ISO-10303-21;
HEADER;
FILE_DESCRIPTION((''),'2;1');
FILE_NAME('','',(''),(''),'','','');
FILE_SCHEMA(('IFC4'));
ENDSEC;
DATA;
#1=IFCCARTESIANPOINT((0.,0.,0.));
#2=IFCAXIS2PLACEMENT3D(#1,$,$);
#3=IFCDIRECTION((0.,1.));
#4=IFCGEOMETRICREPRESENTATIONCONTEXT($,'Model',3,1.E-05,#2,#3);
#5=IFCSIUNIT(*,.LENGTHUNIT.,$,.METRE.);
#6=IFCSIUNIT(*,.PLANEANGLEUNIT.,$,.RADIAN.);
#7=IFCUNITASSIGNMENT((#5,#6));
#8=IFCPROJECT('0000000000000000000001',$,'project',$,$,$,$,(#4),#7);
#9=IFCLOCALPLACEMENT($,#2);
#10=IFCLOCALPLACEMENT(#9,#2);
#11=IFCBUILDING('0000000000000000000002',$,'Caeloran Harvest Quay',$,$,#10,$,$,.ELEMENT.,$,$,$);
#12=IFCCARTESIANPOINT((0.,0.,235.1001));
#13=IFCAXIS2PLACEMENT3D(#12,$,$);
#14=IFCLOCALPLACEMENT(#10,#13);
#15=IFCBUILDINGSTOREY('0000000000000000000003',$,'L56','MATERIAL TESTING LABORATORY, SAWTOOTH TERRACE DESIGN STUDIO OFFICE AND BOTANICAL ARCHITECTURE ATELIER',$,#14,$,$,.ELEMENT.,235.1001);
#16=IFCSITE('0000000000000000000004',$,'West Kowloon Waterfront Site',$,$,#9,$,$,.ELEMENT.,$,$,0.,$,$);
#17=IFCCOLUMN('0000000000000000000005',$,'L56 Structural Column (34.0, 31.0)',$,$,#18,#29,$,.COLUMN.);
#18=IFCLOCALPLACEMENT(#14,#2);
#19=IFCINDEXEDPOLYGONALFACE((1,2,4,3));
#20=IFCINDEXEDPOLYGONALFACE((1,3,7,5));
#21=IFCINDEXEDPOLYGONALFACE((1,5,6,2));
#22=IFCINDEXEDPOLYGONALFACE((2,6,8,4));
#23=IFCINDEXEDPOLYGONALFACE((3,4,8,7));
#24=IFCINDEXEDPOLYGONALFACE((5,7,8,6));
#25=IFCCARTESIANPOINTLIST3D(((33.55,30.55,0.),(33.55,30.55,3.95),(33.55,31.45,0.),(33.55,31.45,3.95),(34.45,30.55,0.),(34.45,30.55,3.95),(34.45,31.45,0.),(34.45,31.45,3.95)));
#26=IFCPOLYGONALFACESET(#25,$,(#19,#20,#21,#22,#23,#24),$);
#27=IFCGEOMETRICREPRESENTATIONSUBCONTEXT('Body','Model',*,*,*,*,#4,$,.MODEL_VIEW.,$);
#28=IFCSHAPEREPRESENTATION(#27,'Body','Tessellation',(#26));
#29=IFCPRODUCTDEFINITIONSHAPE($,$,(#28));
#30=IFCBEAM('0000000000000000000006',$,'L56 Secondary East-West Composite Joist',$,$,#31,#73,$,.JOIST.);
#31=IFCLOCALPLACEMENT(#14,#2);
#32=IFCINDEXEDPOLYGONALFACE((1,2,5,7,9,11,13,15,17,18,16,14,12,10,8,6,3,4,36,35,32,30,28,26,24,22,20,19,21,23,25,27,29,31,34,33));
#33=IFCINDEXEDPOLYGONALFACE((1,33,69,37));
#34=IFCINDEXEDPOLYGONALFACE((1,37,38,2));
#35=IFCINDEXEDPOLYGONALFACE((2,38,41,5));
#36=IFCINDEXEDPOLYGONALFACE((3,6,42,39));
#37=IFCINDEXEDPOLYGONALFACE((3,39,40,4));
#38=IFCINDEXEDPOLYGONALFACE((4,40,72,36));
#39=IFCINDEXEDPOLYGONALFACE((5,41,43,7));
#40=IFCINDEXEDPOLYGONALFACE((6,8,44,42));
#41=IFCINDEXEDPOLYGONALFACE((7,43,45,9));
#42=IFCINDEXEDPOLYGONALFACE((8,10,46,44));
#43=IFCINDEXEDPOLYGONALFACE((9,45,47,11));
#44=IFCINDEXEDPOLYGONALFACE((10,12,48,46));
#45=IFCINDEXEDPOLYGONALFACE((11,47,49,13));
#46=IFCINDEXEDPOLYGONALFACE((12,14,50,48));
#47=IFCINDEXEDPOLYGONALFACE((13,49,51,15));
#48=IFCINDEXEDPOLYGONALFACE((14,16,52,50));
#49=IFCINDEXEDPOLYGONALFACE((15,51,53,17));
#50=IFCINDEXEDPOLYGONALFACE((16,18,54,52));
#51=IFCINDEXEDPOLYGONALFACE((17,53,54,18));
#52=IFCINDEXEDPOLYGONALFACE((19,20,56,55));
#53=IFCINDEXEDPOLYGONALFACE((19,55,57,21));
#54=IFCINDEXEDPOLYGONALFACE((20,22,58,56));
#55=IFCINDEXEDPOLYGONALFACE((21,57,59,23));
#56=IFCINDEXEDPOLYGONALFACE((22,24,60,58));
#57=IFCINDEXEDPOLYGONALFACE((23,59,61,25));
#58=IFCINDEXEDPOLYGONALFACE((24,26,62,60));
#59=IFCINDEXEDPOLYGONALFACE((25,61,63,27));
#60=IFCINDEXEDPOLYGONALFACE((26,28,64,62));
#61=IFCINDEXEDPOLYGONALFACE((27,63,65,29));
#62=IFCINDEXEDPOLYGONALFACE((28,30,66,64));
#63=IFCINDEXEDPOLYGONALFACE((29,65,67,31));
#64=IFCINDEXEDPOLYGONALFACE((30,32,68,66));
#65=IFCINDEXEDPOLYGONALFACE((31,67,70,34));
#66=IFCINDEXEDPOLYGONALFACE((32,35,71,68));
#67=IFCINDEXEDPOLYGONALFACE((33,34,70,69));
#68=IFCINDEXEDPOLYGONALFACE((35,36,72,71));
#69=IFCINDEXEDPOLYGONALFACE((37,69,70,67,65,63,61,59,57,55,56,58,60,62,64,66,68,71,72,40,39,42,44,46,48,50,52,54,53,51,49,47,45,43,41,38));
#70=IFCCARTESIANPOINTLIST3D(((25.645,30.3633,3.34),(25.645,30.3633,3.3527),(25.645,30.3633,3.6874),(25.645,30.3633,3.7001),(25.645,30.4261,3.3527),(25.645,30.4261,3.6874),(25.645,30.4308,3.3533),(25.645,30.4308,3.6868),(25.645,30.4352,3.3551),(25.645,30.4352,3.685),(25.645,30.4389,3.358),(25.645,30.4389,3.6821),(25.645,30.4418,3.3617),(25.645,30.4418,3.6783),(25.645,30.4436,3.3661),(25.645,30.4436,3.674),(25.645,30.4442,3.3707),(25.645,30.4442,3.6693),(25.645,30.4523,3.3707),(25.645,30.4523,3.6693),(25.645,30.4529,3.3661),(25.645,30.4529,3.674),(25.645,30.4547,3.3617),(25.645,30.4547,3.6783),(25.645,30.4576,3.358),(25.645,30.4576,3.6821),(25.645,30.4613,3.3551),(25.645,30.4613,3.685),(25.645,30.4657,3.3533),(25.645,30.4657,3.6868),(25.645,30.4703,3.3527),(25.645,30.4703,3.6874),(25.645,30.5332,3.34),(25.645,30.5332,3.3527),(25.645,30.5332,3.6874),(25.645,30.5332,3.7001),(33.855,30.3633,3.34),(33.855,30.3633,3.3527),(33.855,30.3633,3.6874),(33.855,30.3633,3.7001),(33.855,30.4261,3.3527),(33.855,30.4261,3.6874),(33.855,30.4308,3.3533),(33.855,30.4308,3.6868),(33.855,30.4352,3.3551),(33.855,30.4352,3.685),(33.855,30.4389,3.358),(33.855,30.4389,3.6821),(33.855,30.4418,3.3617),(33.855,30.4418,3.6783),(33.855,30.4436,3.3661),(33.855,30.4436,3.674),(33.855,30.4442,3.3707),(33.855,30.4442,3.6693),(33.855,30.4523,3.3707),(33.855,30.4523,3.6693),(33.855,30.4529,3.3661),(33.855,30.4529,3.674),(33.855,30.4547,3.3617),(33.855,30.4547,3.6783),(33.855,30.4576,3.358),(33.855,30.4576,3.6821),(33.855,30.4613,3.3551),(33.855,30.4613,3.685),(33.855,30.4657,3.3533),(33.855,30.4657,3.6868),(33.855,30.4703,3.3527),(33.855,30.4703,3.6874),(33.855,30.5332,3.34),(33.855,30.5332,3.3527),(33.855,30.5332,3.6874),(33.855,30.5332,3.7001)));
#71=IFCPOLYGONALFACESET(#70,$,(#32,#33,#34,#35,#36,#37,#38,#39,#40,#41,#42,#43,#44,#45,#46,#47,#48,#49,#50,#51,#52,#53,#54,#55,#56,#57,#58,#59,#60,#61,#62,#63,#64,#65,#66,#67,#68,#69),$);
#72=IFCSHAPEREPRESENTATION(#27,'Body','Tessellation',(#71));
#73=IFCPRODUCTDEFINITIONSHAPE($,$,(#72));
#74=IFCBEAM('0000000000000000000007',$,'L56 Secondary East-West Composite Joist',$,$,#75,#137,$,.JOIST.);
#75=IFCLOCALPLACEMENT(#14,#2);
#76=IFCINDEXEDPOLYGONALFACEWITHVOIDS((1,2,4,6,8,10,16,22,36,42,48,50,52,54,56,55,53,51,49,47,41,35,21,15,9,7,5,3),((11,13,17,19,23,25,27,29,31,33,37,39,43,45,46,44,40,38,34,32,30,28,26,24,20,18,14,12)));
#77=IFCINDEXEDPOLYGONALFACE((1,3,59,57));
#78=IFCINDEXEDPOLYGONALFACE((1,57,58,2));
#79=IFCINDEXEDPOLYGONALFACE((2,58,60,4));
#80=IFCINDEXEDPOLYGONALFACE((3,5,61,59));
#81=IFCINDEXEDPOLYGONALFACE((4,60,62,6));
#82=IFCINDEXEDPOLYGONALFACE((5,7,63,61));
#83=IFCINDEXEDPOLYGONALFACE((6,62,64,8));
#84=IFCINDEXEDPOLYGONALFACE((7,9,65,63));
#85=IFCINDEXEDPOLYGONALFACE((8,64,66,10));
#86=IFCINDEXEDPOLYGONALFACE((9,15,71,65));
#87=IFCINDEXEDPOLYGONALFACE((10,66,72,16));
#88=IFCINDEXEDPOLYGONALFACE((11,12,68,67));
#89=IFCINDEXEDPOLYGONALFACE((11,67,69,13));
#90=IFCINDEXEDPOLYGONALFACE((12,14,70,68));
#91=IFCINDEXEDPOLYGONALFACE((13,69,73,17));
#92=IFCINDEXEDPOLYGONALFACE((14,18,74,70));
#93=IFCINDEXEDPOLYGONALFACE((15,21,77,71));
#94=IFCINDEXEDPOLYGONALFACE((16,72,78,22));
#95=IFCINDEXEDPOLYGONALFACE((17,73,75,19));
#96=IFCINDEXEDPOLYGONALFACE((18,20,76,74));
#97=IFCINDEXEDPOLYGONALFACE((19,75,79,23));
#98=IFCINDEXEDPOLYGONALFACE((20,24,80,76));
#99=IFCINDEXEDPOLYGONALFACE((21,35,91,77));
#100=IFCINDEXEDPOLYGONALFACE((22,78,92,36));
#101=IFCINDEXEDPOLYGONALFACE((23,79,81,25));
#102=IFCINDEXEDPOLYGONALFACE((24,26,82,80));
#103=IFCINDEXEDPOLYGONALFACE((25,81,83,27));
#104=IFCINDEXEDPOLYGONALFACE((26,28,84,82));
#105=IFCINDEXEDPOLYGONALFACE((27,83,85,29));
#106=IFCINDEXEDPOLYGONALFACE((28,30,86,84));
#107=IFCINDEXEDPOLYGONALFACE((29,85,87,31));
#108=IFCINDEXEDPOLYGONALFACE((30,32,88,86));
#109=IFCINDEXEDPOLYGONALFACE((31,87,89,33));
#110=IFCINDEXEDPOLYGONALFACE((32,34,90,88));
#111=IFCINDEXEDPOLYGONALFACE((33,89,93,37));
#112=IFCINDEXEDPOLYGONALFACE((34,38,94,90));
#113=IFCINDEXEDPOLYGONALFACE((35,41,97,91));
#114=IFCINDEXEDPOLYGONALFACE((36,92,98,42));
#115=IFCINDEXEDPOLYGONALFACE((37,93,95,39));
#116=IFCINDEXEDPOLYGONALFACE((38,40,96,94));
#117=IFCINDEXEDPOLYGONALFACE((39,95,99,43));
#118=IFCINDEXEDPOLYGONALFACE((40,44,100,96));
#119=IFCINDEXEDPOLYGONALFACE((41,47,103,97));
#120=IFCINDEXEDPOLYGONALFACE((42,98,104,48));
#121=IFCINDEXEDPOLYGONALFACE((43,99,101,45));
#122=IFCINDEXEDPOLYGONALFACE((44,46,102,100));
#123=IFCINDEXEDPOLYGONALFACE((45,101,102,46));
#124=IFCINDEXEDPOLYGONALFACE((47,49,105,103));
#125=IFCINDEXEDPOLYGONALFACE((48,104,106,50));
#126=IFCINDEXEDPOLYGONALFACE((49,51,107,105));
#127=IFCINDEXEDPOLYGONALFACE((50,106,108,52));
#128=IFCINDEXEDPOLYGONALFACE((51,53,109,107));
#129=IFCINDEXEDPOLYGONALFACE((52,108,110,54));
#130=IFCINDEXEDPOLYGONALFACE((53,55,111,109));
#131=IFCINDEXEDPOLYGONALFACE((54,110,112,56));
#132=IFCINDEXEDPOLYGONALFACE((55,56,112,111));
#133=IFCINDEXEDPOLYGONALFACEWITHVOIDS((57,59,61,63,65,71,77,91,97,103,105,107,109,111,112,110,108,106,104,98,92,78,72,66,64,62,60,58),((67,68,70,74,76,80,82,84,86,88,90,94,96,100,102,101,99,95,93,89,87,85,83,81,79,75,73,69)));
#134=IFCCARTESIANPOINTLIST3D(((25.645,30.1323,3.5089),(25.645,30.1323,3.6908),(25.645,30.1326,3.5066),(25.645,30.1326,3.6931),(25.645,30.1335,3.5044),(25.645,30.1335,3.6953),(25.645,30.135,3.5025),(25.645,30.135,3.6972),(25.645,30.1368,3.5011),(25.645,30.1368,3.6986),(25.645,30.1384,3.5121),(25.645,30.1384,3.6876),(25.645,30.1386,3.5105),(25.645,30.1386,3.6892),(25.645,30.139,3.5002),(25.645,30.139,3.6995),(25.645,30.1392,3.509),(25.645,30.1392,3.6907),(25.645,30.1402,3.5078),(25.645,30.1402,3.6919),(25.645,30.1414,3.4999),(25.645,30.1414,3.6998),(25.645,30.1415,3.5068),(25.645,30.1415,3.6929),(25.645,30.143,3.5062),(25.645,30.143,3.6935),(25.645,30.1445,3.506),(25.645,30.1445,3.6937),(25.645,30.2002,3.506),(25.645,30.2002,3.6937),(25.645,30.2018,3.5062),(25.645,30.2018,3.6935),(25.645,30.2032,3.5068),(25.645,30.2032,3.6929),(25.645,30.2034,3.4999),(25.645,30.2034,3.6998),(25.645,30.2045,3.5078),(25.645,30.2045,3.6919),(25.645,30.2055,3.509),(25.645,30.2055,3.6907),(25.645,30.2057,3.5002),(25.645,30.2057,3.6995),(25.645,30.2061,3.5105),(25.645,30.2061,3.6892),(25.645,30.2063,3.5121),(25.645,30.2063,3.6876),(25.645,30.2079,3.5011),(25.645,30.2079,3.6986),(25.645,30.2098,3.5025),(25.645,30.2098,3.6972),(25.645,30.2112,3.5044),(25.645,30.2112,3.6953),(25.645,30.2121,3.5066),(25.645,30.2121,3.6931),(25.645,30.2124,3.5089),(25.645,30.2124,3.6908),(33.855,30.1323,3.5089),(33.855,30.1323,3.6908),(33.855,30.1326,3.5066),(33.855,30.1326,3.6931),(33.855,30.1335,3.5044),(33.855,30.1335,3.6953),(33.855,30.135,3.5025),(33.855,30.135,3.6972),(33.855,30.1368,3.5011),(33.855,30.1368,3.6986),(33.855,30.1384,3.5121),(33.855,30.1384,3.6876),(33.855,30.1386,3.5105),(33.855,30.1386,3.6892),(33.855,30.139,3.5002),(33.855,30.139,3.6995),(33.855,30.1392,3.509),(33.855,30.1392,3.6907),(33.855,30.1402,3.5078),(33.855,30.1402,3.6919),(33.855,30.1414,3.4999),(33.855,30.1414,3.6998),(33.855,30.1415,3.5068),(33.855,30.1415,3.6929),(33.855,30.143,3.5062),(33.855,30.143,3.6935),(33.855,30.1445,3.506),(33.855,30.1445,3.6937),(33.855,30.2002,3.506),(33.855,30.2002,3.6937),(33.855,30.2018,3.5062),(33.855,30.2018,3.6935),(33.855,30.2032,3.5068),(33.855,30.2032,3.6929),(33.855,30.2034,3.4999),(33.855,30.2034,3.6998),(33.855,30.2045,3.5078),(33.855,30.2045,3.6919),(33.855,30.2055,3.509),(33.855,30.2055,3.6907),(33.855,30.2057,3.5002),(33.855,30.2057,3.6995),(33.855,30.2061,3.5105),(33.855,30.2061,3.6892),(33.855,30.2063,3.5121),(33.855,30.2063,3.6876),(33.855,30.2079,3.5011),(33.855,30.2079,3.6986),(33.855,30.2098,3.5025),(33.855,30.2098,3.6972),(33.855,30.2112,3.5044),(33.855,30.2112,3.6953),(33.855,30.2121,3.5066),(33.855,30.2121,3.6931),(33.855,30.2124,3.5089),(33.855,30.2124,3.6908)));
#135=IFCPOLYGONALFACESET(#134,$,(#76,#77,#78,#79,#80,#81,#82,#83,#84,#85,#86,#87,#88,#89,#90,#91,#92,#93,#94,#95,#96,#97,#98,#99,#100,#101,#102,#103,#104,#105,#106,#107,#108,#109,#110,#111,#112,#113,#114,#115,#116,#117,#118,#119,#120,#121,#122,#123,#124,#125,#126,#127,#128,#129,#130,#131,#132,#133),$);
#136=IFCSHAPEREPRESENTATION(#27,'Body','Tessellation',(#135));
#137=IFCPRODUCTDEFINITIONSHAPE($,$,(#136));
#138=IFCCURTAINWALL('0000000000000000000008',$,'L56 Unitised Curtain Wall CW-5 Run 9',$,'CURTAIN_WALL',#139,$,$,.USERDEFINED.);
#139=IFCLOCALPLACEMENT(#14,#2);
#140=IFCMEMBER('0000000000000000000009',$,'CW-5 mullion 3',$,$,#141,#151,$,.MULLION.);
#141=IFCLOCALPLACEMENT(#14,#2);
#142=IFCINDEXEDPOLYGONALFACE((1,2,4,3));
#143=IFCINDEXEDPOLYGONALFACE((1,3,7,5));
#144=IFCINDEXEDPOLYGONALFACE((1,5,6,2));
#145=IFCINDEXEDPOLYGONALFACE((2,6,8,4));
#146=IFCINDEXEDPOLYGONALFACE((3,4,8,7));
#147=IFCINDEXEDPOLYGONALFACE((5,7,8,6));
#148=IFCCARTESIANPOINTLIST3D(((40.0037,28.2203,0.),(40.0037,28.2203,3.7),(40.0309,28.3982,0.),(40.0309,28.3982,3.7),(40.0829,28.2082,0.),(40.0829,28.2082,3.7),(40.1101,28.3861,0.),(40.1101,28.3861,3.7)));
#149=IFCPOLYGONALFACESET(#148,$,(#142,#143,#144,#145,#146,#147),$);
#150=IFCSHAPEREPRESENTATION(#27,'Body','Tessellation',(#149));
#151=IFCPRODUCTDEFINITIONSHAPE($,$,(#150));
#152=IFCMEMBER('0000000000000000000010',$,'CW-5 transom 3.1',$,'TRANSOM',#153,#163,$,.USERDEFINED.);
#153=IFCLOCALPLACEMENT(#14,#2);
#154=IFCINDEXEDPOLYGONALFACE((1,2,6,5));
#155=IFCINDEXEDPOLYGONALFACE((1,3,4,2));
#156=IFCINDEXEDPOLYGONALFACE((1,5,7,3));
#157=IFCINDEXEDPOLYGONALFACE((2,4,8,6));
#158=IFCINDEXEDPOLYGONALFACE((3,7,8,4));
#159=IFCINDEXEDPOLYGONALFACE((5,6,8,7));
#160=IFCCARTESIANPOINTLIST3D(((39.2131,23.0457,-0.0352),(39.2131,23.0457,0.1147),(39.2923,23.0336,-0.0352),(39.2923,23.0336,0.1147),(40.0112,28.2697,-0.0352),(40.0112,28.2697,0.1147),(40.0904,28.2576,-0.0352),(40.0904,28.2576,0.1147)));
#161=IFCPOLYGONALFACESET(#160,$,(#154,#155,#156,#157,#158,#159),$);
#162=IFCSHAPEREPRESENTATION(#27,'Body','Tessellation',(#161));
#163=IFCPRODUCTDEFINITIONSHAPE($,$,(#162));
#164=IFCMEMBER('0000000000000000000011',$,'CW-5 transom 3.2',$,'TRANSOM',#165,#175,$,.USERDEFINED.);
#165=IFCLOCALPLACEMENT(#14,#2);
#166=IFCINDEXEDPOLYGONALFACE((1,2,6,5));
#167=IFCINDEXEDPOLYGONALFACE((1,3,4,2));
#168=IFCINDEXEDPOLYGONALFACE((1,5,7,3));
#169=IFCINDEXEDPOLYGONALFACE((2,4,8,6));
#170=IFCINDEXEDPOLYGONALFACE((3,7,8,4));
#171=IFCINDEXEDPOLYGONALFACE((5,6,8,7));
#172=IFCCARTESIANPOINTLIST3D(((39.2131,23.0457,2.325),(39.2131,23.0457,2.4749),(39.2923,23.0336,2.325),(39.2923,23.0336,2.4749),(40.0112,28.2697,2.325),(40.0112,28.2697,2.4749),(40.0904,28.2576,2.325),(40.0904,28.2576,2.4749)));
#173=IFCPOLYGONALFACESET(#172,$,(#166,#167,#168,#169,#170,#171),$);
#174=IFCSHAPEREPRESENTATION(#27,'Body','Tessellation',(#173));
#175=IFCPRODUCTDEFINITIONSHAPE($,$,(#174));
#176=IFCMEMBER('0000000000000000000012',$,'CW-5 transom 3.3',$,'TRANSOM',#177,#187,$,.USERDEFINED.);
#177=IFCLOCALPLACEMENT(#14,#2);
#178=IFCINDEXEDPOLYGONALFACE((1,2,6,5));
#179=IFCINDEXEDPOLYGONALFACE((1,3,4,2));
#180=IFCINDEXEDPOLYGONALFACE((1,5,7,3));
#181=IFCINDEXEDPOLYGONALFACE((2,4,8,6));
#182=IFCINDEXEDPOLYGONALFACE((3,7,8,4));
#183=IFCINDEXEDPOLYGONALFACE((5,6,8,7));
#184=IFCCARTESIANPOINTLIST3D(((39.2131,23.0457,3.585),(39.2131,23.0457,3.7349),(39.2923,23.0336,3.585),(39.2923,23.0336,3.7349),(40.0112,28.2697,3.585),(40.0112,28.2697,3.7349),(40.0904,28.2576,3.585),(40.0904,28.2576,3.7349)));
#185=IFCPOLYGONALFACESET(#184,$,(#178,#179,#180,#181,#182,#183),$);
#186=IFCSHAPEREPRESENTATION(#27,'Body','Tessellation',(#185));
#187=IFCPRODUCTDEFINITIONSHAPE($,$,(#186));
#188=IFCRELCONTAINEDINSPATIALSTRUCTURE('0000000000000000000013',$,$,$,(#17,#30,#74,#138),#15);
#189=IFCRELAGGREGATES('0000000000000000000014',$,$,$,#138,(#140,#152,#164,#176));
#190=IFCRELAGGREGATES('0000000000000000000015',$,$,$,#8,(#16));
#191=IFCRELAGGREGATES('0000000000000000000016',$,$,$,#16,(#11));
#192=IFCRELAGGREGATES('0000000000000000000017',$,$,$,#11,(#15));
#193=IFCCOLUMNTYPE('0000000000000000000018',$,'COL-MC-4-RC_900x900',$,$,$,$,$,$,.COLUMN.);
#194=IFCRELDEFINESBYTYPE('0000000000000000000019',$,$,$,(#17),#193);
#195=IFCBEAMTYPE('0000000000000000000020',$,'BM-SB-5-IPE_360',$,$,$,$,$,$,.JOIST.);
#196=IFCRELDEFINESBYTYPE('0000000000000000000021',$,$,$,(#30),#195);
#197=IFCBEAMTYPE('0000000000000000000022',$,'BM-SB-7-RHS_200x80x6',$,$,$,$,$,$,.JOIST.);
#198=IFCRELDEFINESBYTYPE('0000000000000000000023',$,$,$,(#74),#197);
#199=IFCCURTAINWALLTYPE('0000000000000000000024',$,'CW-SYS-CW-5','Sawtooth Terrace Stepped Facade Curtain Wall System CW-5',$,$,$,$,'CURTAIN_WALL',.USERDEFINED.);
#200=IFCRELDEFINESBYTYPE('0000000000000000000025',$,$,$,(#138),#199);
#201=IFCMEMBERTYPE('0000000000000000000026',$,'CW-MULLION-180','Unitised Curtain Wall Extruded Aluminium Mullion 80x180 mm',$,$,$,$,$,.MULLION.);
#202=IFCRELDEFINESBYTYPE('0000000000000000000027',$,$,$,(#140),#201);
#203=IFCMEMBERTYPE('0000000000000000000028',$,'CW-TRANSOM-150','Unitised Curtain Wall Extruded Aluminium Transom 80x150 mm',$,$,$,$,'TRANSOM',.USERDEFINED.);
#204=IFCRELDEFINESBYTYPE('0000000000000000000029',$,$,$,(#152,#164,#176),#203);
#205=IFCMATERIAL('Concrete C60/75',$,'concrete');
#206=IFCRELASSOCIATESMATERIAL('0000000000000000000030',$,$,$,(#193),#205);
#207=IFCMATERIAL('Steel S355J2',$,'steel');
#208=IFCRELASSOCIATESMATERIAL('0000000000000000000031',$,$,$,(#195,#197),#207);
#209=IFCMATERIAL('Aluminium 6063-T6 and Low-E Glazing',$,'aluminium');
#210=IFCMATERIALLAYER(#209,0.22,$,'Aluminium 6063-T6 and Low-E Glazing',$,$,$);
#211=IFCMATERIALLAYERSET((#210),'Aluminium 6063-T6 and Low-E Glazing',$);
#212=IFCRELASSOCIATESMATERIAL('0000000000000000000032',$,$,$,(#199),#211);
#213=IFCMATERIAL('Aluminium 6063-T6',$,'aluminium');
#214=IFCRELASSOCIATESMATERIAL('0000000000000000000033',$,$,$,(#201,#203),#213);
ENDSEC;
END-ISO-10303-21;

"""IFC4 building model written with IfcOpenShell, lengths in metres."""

from ifc_helpers import new_model, si_unit, direction, frame, origin, origin_2d, place, context, subcontext, project, spatial, rectangle, hollow_rectangle, i_section, extrude, material, layer, layer_set, material_profile, profile_set, type_object, element, aggregate, save


model = new_model("IFC4")

# Units and contexts
model_context = context("Model", 3, precision=1e-05, world=origin(), true_north=direction((0.0, 1.0)))
body_context = subcontext(model_context, "Body", "Model", "MODEL_VIEW")
ifc_project = project(units=[si_unit("LENGTHUNIT", "METRE"), si_unit("PLANEANGLEUNIT", "RADIAN")], contexts=[model_context])

# Site, building, storey
site_placement = place(None, origin())
site = spatial("IfcSite", under=ifc_project, at=site_placement, Name="West Kowloon Waterfront Site", CompositionType="ELEMENT", RefElevation=0.0)
building_placement = place(site_placement, origin())
building = spatial("IfcBuilding", under=site, at=building_placement, Name="Caeloran Harvest Quay", CompositionType="ELEMENT")
storey_placement = place(building_placement, frame((0.0, 0.0, 235.1001)))
storey = spatial("IfcBuildingStorey", under=building, at=storey_placement, Name="L56", Description="MATERIAL TESTING LABORATORY, SAWTOOTH TERRACE DESIGN STUDIO OFFICE AND BOTANICAL ARCHITECTURE ATELIER", CompositionType="ELEMENT", Elevation=235.1001)

# Column
ifc_material_1 = material(Name="Concrete C60/75", Category="concrete")
ifc_material_profile_1 = material_profile(ifc_material_1, rectangle(XDim=0.8999, YDim=0.8999, at=origin_2d()), Name="RC 900x900")
ifc_profile_set_1 = profile_set([ifc_material_profile_1], Name="Concrete C60/75")
column_type = type_object("IfcColumnType", Name="COL-MC-4-RC_900x900", PredefinedType="COLUMN", material=ifc_profile_set_1)
column_placement = place(storey_placement, frame((34.0, 31.0, 0.0), z_axis=(0.0, 0.0, 1.0), x_axis=(1.0, 0.0, 0.0)))
element("IfcColumn", 1, at=column_placement, inside=storey, type_object=column_type, Name="L56 Structural Column (34.0, 31.0)", PredefinedType="COLUMN", context=body_context, shape_type="SweptSolid", body=[
    extrude(rectangle(XDim=0.8999, YDim=0.8999, at=origin_2d()), origin(), (0.0, 0.0, 1.0), 3.95),
])

# Beams
ifc_material_2 = material(Name="Steel S355J2", Category="steel")
ifc_material_profile_2 = material_profile(ifc_material_2, i_section(OverallWidth=0.1699, OverallDepth=0.3601, WebThickness=0.0081, FlangeThickness=0.0127, FilletRadius=0.0181, at=origin_2d()), Name="IPE 360")
ifc_profile_set_2 = profile_set([ifc_material_profile_2], Name="Steel S355J2")
beam_type_1 = type_object("IfcBeamType", Name="BM-SB-5-IPE_360", PredefinedType="JOIST", material=ifc_profile_set_2)
beam_1_placement = place(storey_placement, frame((25.645, 30.4482, 3.52), z_axis=(1.0, 0.0, 0.0), x_axis=(0.0, 1.0, 0.0)))
element("IfcBeam", 2, at=beam_1_placement, inside=storey, type_object=beam_type_1, Name="L56 Secondary East-West Composite Joist", PredefinedType="JOIST", context=body_context, shape_type="SweptSolid", body=[
    extrude(i_section(OverallWidth=0.1699, OverallDepth=0.3601, WebThickness=0.0081, FlangeThickness=0.0127, FilletRadius=0.0181, at=origin_2d()), origin(), (0.0, 0.0, 1.0), 8.21),
])
ifc_material_profile_3 = material_profile(ifc_material_2, hollow_rectangle(XDim=0.0801, YDim=0.2, WallThickness=0.0061, InnerFilletRadius=0.0061, OuterFilletRadius=0.009, at=origin_2d()), Name="RHS 200x80x6")
ifc_profile_set_3 = profile_set([ifc_material_profile_3], Name="Steel S355J2")
beam_type_2 = type_object("IfcBeamType", Name="BM-SB-7-RHS_200x80x6", PredefinedType="JOIST", material=ifc_profile_set_3)
beam_2_placement = place(storey_placement, frame((25.645, 30.1724, 3.5999), z_axis=(1.0, 0.0, 0.0), x_axis=(0.0, 1.0, 0.0)))
element("IfcBeam", 3, at=beam_2_placement, inside=storey, type_object=beam_type_2, Name="L56 Secondary East-West Composite Joist", PredefinedType="JOIST", context=body_context, shape_type="SweptSolid", body=[
    extrude(hollow_rectangle(XDim=0.0801, YDim=0.2, WallThickness=0.0061, InnerFilletRadius=0.0061, OuterFilletRadius=0.009, at=origin_2d()), origin(), (0.0, 0.0, 1.0), 8.21),
])

# Curtain wall, members
ifc_material_3 = material(Name="Aluminium 6063-T6 and Low-E Glazing", Category="aluminium")
ifc_layer_1 = layer(ifc_material_3, 0.22, Name="Aluminium 6063-T6 and Low-E Glazing")
ifc_layer_set_1 = layer_set([ifc_layer_1], Name="Aluminium 6063-T6 and Low-E Glazing")
curtain_wall_type = type_object("IfcCurtainWallType", Name="CW-SYS-CW-5", Description="Sawtooth Terrace Stepped Facade Curtain Wall System CW-5", ElementType="CURTAIN_WALL", PredefinedType="USERDEFINED", material=ifc_layer_set_1)
curtain_wall_placement = place(storey_placement, origin())
curtain_wall = element("IfcCurtainWall", 4, at=curtain_wall_placement, inside=storey, type_object=curtain_wall_type, Name="L56 Unitised Curtain Wall CW-5 Run 9", ObjectType="CURTAIN_WALL", PredefinedType="USERDEFINED")
ifc_material_4 = material(Name="Aluminium 6063-T6", Category="aluminium")
ifc_material_profile_4 = material_profile(ifc_material_4, rectangle(XDim=0.0801, YDim=0.1799, at=origin_2d()), Name="CW-MULLION-180")
ifc_profile_set_4 = profile_set([ifc_material_profile_4], Name="Aluminium 6063-T6")
member_type_1 = type_object("IfcMemberType", Name="CW-MULLION-180", Description="Unitised Curtain Wall Extruded Aluminium Mullion 80x180 mm", PredefinedType="MULLION", material=ifc_profile_set_4)
member_1_placement = place(storey_placement, frame((40.0569, 28.3032, 0.0), z_axis=(0.0, 0.0, 1.0), x_axis=(0.98853, -0.151028, 0.0)))
member_1 = element("IfcMember", 5, at=member_1_placement, type_object=member_type_1, Name="CW-5 mullion 3", PredefinedType="MULLION", context=body_context, shape_type="SweptSolid", body=[
    extrude(rectangle(XDim=0.0801, YDim=0.1799, at=origin_2d()), origin(), (0.0, 0.0, 1.0), 3.7),
])
ifc_material_profile_5 = material_profile(ifc_material_4, rectangle(XDim=0.0801, YDim=0.1499, at=origin_2d()), Name="CW-TRANSOM-150")
ifc_profile_set_5 = profile_set([ifc_material_profile_5], Name="Aluminium 6063-T6")
member_type_2 = type_object("IfcMemberType", Name="CW-TRANSOM-150", Description="Unitised Curtain Wall Extruded Aluminium Transom 80x150 mm", ElementType="TRANSOM", PredefinedType="USERDEFINED", material=ifc_profile_set_5)
member_2_placement = place(storey_placement, frame((40.0508, 28.2637, 0.0398), z_axis=(-0.151019, -0.988531, 0.0), x_axis=(0.988531, -0.151019, 0.0)))
member_2 = element("IfcMember", 6, at=member_2_placement, type_object=member_type_2, Name="CW-5 transom 3.1", ObjectType="TRANSOM", PredefinedType="USERDEFINED", context=body_context, shape_type="SweptSolid", body=[
    extrude(rectangle(XDim=0.0801, YDim=0.1499, at=origin_2d()), origin(), (0.0, 0.0, 1.0), 5.2847),
])
member_3_placement = place(storey_placement, frame((40.0508, 28.2637, 2.3999), z_axis=(-0.151019, -0.988531, 0.0), x_axis=(0.988531, -0.151019, 0.0)))
member_3 = element("IfcMember", 7, at=member_3_placement, type_object=member_type_2, Name="CW-5 transom 3.2", ObjectType="TRANSOM", PredefinedType="USERDEFINED", context=body_context, shape_type="SweptSolid", body=[
    extrude(rectangle(XDim=0.0801, YDim=0.1499, at=origin_2d()), origin(), (0.0, 0.0, 1.0), 5.2847),
])
member_4_placement = place(storey_placement, frame((40.0508, 28.2637, 3.6599), z_axis=(-0.151019, -0.988531, 0.0), x_axis=(0.988531, -0.151019, 0.0)))
member_4 = element("IfcMember", 8, at=member_4_placement, type_object=member_type_2, Name="CW-5 transom 3.3", ObjectType="TRANSOM", PredefinedType="USERDEFINED", context=body_context, shape_type="SweptSolid", body=[
    extrude(rectangle(XDim=0.0801, YDim=0.1499, at=origin_2d()), origin(), (0.0, 0.0, 1.0), 5.2847),
])
aggregate(curtain_wall, [member_1, member_2, member_3, member_4])

save(model, "model.ifc")
